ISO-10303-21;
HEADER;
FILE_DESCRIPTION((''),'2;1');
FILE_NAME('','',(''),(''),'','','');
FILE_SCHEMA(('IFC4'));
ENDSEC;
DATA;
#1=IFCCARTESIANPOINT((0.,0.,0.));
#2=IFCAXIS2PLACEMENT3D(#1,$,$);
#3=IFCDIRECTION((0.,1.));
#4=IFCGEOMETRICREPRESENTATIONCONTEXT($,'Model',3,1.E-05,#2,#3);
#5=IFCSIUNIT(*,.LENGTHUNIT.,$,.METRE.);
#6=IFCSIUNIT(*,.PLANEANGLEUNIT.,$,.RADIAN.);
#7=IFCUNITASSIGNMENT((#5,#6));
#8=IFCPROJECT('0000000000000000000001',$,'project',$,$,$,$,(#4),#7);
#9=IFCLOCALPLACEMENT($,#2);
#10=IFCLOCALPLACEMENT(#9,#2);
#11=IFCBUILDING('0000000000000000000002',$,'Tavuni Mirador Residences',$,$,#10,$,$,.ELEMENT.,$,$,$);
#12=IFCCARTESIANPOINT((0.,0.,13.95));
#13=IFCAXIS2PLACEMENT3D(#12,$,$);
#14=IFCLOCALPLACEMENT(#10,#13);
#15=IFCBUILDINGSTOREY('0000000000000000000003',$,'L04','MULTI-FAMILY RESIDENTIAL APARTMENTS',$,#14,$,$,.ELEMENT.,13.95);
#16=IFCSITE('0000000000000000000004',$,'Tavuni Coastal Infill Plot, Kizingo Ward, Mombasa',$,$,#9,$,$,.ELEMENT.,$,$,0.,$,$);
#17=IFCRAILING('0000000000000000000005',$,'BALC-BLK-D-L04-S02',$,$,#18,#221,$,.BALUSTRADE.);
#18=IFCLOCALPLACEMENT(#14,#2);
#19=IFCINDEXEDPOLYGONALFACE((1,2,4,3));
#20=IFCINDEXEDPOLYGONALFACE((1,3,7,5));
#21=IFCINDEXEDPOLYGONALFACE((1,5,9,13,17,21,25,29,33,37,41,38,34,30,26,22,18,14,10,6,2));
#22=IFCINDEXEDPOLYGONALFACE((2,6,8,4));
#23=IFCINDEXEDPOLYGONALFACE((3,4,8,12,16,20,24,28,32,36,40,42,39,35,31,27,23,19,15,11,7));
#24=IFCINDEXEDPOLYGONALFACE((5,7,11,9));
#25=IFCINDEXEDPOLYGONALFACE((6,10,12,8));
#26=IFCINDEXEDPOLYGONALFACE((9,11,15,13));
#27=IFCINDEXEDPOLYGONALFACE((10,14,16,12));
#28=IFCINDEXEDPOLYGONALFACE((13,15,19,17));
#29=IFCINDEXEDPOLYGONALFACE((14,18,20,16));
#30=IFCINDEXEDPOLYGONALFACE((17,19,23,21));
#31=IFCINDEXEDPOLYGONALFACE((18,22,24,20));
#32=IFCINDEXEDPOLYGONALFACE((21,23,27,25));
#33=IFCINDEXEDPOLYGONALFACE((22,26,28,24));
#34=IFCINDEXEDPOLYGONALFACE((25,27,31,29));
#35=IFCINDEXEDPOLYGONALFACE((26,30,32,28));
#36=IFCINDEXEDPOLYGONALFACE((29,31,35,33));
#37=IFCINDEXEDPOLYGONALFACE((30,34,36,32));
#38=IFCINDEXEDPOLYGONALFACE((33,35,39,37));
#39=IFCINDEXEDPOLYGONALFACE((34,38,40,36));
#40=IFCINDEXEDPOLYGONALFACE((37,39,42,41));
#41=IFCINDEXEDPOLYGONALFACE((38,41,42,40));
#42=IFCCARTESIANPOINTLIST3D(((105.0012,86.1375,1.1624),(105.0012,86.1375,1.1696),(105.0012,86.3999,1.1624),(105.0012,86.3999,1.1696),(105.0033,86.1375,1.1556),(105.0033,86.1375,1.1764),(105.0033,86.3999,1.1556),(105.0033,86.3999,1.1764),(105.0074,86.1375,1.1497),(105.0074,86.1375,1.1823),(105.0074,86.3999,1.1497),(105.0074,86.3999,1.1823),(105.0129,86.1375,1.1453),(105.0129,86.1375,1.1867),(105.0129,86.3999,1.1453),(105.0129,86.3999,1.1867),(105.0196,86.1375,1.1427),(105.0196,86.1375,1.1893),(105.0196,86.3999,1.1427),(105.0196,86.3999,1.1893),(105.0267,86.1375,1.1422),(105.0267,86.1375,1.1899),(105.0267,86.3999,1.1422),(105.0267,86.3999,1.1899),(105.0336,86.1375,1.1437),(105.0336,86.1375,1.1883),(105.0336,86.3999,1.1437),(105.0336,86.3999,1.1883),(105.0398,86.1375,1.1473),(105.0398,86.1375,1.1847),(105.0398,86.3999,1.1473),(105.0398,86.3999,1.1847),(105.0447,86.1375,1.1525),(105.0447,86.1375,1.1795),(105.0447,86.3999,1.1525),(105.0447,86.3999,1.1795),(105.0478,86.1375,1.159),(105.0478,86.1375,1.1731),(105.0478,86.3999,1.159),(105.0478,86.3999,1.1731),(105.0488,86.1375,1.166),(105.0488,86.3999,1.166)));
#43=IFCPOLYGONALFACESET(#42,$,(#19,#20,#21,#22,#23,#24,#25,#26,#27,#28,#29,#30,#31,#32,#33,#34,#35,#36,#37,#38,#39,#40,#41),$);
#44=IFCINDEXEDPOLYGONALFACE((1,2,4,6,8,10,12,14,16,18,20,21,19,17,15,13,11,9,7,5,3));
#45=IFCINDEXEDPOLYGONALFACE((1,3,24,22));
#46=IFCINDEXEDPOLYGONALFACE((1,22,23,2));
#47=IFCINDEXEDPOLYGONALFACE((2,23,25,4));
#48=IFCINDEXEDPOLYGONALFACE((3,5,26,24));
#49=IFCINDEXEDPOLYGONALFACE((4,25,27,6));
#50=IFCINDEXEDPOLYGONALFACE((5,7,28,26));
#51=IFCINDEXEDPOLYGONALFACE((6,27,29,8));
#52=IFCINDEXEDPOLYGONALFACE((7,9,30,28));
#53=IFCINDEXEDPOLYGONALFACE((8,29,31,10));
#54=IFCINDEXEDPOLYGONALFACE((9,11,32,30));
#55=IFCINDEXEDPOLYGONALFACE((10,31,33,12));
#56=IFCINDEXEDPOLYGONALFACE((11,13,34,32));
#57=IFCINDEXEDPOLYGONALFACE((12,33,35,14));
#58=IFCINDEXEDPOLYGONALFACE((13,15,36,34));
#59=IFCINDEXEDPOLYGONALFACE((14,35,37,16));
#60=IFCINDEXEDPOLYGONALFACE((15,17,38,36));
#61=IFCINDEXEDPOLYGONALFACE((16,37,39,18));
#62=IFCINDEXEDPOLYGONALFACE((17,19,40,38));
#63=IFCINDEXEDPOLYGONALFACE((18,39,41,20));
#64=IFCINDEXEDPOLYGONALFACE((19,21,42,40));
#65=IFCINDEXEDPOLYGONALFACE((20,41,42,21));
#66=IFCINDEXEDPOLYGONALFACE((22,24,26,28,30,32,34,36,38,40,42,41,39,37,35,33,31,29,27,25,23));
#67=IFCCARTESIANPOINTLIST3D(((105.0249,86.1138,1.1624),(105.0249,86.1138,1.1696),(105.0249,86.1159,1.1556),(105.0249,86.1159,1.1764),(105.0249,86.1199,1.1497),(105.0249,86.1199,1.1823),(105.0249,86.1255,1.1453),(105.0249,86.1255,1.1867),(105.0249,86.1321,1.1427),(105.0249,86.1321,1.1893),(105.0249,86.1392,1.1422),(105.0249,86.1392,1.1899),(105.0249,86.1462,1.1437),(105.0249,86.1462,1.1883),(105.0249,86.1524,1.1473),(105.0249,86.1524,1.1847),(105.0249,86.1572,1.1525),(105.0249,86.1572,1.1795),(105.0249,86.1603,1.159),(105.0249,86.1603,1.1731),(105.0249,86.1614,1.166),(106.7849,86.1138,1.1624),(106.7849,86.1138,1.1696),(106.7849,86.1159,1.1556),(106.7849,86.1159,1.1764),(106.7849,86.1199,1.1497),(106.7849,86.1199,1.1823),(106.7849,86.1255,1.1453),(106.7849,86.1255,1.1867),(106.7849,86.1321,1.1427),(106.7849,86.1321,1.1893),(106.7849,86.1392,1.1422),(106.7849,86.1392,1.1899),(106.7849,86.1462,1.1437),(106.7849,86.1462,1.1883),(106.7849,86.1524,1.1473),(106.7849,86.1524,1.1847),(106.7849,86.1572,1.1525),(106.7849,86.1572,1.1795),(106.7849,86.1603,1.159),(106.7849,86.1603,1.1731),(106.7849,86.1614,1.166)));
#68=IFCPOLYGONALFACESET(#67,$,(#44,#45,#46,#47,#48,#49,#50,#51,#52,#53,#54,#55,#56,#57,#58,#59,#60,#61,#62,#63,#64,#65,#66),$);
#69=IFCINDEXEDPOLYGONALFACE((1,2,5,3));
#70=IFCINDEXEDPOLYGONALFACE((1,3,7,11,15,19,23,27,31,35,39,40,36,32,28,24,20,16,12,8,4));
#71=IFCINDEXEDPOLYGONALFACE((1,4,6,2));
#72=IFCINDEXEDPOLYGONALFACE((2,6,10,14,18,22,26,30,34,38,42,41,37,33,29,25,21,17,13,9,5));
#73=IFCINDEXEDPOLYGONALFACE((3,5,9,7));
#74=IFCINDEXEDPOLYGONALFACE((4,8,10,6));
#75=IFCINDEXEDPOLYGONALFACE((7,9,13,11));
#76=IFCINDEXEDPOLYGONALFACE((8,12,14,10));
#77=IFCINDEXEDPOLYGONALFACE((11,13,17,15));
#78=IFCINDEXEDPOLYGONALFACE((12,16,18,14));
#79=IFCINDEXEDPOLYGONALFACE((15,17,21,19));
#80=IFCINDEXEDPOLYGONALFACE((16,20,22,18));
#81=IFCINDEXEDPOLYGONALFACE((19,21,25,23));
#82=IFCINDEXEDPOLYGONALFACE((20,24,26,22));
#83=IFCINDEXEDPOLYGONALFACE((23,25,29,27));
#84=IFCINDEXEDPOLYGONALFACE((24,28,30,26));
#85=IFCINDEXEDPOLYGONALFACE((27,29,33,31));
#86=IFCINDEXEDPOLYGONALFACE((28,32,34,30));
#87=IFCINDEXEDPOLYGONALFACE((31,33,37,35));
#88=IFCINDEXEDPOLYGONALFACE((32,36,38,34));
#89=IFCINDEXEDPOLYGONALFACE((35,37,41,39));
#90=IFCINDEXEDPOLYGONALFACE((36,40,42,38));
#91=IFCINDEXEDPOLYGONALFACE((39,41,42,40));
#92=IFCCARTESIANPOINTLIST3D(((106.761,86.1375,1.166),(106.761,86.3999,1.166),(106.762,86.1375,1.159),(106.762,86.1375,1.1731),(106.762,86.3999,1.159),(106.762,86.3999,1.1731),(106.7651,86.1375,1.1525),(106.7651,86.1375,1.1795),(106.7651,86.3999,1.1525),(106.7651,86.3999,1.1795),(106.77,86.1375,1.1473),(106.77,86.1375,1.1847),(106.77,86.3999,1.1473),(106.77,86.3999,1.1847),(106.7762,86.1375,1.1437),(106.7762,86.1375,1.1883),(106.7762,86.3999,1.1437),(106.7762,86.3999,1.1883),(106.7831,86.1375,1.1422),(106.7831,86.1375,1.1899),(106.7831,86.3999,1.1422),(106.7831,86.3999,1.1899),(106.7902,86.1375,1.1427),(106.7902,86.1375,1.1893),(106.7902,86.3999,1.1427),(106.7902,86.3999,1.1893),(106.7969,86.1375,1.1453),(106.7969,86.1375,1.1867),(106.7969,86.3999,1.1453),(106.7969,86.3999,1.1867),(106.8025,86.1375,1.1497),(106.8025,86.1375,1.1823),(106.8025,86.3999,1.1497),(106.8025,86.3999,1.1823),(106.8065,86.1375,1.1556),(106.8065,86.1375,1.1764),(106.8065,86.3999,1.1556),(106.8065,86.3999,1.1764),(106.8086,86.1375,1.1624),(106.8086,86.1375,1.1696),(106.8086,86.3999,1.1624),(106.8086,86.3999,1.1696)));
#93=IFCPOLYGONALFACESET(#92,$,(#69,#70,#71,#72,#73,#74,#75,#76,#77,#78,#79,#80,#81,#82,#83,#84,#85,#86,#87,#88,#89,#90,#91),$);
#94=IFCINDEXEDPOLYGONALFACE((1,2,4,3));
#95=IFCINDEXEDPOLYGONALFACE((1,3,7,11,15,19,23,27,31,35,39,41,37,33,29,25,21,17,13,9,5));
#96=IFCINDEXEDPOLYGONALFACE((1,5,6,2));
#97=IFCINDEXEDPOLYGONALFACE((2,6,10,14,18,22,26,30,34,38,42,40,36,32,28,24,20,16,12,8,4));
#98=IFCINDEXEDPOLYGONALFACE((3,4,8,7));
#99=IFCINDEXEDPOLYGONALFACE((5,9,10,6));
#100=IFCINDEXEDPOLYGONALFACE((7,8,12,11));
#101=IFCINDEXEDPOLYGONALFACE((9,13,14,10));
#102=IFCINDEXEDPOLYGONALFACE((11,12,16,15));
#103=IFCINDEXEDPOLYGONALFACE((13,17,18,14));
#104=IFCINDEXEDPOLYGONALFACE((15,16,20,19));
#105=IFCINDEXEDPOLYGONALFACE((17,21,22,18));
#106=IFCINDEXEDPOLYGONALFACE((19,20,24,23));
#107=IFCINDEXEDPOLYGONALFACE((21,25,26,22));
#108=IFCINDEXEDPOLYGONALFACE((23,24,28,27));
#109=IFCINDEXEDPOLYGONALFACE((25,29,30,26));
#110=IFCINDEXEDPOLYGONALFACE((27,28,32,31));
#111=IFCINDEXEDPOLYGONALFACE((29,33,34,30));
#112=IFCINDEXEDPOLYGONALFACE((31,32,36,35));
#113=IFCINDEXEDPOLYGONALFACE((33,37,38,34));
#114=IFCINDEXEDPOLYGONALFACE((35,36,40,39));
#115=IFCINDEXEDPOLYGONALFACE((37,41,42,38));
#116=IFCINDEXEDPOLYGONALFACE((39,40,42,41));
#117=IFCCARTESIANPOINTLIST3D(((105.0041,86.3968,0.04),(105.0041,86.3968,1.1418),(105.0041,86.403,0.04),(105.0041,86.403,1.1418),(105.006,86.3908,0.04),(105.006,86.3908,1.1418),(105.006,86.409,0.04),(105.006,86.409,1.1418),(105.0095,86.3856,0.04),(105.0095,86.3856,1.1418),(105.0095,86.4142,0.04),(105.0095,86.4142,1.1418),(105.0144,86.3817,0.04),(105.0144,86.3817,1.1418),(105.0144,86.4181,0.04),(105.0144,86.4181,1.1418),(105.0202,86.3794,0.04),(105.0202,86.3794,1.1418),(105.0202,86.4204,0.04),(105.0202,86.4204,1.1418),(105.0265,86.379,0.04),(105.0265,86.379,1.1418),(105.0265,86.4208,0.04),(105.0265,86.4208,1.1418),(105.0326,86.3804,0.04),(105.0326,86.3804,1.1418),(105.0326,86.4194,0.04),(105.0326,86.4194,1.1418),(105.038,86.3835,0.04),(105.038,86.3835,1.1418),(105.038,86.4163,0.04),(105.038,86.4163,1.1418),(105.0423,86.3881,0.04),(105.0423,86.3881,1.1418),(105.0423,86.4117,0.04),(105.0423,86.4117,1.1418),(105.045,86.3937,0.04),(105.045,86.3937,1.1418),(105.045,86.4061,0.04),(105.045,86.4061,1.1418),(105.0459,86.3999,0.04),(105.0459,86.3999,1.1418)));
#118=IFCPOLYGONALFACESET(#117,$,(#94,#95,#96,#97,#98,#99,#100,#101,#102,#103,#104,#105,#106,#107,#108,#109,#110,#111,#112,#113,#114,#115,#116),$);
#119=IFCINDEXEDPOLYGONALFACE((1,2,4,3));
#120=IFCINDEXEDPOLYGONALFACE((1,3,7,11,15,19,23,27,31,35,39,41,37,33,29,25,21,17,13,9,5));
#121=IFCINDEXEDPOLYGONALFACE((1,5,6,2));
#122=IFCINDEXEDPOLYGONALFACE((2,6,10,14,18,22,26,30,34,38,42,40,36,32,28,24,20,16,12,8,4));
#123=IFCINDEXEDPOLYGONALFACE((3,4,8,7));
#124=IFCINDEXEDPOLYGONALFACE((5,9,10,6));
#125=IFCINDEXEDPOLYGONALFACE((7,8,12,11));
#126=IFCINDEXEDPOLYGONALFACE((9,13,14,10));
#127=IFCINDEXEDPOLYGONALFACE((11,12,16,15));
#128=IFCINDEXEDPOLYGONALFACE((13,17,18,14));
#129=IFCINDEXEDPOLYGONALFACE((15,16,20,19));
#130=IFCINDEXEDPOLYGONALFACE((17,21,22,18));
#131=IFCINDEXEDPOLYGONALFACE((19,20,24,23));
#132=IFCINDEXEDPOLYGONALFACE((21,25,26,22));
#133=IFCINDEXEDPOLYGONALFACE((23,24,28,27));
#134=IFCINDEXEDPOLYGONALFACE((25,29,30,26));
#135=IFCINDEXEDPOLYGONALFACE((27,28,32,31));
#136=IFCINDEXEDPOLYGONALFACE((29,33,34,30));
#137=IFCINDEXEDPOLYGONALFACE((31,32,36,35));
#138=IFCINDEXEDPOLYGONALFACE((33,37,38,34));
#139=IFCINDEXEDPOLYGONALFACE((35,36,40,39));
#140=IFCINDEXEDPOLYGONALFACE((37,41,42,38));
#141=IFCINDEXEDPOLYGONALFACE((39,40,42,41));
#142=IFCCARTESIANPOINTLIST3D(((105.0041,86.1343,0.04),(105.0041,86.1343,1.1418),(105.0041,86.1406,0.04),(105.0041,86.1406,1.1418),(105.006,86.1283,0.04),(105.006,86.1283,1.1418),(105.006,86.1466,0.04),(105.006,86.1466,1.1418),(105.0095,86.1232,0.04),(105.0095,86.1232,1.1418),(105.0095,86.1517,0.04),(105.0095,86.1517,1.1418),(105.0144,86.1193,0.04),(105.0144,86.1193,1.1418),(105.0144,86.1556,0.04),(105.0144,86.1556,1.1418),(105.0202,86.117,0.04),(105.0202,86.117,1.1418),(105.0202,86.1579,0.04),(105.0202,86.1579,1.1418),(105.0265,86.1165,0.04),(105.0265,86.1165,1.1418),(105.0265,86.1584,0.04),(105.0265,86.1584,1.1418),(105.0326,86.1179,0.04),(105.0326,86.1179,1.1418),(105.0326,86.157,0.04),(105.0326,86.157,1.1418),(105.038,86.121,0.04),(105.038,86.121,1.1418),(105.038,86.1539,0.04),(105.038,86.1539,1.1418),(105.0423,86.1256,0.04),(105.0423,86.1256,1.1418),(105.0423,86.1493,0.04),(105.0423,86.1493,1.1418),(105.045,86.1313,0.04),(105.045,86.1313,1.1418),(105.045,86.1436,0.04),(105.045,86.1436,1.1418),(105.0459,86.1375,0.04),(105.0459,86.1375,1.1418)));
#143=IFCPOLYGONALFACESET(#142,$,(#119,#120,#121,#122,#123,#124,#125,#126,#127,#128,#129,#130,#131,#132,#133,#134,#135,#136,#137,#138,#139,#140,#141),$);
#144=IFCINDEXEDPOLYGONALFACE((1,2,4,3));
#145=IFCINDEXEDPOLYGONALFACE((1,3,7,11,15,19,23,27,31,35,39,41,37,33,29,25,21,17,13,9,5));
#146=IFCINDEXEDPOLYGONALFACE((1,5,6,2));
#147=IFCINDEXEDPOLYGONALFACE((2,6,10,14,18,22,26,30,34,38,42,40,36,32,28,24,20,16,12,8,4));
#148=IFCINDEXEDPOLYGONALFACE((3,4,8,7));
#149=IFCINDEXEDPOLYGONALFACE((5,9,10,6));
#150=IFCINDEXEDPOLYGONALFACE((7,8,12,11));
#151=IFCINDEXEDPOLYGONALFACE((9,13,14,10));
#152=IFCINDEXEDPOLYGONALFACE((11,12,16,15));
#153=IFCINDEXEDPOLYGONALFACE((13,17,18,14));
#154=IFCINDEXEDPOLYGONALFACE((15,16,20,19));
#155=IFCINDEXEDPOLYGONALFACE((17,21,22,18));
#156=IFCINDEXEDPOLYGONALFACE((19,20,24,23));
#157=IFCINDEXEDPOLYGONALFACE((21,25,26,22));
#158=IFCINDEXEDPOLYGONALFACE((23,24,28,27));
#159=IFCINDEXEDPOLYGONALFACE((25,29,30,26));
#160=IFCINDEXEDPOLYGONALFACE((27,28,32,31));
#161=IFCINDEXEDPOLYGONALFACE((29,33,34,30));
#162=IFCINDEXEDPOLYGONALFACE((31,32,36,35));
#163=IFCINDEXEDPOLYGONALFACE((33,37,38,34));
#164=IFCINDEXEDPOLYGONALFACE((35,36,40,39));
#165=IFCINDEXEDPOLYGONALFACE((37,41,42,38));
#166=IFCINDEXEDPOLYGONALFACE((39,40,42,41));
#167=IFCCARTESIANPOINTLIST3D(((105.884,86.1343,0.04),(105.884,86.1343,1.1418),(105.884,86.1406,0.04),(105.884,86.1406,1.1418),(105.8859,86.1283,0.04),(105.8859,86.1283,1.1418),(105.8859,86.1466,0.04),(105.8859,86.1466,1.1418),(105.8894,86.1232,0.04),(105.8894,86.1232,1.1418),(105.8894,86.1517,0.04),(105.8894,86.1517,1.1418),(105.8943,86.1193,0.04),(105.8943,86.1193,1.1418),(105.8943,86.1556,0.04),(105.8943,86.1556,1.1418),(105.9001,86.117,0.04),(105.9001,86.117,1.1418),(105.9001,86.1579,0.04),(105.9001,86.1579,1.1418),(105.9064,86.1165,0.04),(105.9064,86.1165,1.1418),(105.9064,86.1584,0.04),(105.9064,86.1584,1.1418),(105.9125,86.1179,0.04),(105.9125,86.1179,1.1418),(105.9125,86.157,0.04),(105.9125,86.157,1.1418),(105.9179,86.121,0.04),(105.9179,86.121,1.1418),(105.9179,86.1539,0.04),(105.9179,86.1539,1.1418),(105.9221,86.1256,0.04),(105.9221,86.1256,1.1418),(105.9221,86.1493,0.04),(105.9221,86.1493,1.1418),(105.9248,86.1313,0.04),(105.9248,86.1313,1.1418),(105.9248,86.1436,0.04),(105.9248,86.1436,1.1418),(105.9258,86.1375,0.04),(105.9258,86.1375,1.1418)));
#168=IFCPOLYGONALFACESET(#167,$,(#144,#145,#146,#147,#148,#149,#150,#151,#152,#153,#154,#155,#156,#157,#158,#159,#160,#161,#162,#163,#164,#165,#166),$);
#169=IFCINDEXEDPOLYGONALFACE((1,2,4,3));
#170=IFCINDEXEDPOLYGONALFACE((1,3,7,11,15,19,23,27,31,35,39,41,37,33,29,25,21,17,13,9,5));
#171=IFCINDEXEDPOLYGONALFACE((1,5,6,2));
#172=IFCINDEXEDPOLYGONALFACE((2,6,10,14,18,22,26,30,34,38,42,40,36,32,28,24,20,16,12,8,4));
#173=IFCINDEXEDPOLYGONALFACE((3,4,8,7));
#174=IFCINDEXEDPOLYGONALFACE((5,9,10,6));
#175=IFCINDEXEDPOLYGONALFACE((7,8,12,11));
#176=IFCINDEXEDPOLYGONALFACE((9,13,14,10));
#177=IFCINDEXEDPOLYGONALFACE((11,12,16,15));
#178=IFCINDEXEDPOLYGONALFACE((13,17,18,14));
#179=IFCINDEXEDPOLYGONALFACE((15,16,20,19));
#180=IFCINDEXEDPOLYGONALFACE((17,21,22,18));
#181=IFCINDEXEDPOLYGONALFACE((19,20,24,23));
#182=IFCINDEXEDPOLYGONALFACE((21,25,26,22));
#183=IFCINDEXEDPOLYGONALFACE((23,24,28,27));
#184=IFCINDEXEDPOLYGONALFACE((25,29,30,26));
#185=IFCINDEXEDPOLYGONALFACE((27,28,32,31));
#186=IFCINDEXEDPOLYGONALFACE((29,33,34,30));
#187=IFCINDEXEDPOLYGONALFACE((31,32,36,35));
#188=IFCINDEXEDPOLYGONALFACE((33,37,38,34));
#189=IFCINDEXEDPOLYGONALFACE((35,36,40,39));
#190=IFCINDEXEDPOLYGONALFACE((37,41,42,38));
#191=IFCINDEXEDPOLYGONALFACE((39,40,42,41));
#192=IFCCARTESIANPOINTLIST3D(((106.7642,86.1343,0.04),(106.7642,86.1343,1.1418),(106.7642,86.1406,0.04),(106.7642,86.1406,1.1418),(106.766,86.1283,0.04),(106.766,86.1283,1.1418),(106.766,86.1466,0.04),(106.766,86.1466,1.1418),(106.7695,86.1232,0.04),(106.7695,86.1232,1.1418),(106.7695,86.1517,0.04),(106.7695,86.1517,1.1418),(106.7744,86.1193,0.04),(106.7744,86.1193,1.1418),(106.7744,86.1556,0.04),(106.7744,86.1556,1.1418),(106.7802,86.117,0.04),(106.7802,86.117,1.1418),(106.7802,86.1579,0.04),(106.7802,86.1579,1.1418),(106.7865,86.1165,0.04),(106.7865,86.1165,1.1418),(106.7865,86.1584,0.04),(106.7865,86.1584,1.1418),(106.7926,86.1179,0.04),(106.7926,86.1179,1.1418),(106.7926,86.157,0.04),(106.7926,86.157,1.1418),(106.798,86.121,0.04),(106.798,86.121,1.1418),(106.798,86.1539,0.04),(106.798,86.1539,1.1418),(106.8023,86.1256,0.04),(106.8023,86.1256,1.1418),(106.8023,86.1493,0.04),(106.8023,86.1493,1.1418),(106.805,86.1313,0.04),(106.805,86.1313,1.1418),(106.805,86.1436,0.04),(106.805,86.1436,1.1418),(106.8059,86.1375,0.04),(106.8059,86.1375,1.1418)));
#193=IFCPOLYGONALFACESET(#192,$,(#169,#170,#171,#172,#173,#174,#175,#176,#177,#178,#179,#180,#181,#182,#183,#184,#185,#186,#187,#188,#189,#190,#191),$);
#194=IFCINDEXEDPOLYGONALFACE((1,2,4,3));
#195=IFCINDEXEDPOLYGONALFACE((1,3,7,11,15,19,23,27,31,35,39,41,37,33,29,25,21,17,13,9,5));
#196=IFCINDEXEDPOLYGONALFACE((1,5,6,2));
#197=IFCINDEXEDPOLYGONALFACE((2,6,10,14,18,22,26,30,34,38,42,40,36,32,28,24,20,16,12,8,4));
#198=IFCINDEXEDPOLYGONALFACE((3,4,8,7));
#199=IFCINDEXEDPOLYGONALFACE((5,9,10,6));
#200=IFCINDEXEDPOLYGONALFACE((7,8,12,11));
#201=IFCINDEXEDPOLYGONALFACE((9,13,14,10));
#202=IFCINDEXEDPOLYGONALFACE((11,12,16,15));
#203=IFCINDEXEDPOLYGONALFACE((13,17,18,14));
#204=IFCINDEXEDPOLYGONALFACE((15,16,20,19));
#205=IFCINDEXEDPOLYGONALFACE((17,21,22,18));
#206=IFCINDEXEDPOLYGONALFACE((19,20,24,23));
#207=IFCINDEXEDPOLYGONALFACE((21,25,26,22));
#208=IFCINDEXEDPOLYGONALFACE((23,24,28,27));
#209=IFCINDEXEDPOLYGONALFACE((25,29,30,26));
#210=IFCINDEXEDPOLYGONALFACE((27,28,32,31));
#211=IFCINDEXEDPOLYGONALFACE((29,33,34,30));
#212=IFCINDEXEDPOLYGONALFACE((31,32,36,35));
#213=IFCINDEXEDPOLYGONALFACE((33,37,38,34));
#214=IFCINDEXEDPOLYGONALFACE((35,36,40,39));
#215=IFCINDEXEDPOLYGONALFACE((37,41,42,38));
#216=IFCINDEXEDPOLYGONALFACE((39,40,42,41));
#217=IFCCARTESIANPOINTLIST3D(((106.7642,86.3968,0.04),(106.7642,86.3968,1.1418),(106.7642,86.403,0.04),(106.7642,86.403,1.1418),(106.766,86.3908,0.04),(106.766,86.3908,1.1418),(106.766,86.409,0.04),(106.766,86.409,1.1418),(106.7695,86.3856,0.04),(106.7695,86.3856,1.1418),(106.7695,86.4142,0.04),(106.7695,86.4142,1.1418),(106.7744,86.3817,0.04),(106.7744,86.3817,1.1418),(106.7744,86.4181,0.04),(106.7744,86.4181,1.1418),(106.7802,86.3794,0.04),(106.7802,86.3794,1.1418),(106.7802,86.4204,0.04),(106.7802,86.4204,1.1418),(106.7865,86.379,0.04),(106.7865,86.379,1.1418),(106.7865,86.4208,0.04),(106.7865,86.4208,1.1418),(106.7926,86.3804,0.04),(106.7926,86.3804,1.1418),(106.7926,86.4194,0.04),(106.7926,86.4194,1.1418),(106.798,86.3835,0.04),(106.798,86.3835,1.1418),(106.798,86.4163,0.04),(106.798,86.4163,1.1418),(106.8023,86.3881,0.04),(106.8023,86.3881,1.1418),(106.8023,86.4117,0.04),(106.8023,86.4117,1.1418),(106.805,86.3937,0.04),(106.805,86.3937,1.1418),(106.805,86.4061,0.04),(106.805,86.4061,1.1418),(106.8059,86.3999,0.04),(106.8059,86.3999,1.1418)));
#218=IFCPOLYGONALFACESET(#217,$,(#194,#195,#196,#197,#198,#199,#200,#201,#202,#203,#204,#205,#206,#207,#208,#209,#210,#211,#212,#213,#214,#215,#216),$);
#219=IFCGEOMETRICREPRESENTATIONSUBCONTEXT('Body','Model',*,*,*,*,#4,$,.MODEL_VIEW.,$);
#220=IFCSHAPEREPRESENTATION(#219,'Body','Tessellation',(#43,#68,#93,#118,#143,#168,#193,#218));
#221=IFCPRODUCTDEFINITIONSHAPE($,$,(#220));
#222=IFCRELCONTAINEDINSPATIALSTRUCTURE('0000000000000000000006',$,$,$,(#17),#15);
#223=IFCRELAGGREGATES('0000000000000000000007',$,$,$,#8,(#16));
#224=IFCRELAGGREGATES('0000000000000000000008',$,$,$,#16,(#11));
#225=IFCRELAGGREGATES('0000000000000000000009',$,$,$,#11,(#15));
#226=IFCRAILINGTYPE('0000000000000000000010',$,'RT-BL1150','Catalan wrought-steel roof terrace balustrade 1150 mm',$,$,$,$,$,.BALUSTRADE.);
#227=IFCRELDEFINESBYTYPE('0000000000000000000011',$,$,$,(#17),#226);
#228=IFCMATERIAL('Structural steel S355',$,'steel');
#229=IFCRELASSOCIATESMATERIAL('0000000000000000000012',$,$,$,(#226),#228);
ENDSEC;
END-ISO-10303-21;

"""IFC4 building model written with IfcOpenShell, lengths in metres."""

from ifc_helpers import new_model, si_unit, direction, frame, origin, origin_2d, place, context, subcontext, project, spatial, circle, extrude, material, type_object, element, save


model = new_model("IFC4")

# Units and contexts
model_context = context("Model", 3, precision=1e-05, world=origin(), true_north=direction((0.0, 1.0)))
body_context = subcontext(model_context, "Body", "Model", "MODEL_VIEW")
ifc_project = project(units=[si_unit("LENGTHUNIT", "METRE"), si_unit("PLANEANGLEUNIT", "RADIAN")], contexts=[model_context])

# Site, building, storey
site_placement = place(None, origin())
site = spatial("IfcSite", under=ifc_project, at=site_placement, Name="Tavuni Coastal Infill Plot, Kizingo Ward, Mombasa", CompositionType="ELEMENT", RefElevation=0.0)
building_placement = place(site_placement, origin())
building = spatial("IfcBuilding", under=site, at=building_placement, Name="Tavuni Mirador Residences", CompositionType="ELEMENT")
storey_placement = place(building_placement, frame((0.0, 0.0, 13.95)))
storey = spatial("IfcBuildingStorey", under=building, at=storey_placement, Name="L04", Description="MULTI-FAMILY RESIDENTIAL APARTMENTS", CompositionType="ELEMENT", Elevation=13.95)

# Railing
ifc_material_1 = material(Name="Structural steel S355", Category="steel")
railing_type = type_object("IfcRailingType", Name="RT-BL1150", Description="Catalan wrought-steel roof terrace balustrade 1150 mm", PredefinedType="BALUSTRADE", material=ifc_material_1)
railing_placement = place(storey_placement, frame((105.0249, 86.3999, 0.04)))
element("IfcRailing", 1, at=railing_placement, inside=storey, type_object=railing_type, Name="BALC-BLK-D-L04-S02", PredefinedType="BALUSTRADE", context=body_context, shape_type="SweptSolid", body=[
    extrude(circle(Radius=0.0239, at=origin_2d()), frame((0.0, 0.0, 1.126), z_axis=(0.0, -1.0, 0.0), x_axis=(1.0, 0.0, 0.0)), (0.0, 0.0, 1.0), 0.2625),
    extrude(circle(Radius=0.0239, at=origin_2d()), frame((0.0, -0.2625, 1.126), z_axis=(1.0, 0.0, 0.0), x_axis=(0.0, 1.0, 0.0)), (0.0, 0.0, 1.0), 1.76),
    extrude(circle(Radius=0.0239, at=origin_2d()), frame((1.76, -0.2625, 1.126), z_axis=(0.0, 1.0, 0.0), x_axis=(-1.0, 0.0, 0.0)), (0.0, 0.0, 1.0), 0.2625),
    extrude(circle(Radius=0.021, at=origin_2d()), origin(), (0.0, 0.0, 1.0), 1.1018),
    extrude(circle(Radius=0.021, at=origin_2d()), frame((0.0, -0.2625, 0.0)), (0.0, 0.0, 1.0), 1.1018),
    extrude(circle(Radius=0.021, at=origin_2d()), frame((0.8799, -0.2625, 0.0)), (0.0, 0.0, 1.0), 1.1018),
    extrude(circle(Radius=0.021, at=origin_2d()), frame((1.76, -0.2625, 0.0)), (0.0, 0.0, 1.0), 1.1018),
    extrude(circle(Radius=0.021, at=origin_2d()), frame((1.76, 0.0, 0.0)), (0.0, 0.0, 1.0), 1.1018),
])

save(model, "model.ifc")
